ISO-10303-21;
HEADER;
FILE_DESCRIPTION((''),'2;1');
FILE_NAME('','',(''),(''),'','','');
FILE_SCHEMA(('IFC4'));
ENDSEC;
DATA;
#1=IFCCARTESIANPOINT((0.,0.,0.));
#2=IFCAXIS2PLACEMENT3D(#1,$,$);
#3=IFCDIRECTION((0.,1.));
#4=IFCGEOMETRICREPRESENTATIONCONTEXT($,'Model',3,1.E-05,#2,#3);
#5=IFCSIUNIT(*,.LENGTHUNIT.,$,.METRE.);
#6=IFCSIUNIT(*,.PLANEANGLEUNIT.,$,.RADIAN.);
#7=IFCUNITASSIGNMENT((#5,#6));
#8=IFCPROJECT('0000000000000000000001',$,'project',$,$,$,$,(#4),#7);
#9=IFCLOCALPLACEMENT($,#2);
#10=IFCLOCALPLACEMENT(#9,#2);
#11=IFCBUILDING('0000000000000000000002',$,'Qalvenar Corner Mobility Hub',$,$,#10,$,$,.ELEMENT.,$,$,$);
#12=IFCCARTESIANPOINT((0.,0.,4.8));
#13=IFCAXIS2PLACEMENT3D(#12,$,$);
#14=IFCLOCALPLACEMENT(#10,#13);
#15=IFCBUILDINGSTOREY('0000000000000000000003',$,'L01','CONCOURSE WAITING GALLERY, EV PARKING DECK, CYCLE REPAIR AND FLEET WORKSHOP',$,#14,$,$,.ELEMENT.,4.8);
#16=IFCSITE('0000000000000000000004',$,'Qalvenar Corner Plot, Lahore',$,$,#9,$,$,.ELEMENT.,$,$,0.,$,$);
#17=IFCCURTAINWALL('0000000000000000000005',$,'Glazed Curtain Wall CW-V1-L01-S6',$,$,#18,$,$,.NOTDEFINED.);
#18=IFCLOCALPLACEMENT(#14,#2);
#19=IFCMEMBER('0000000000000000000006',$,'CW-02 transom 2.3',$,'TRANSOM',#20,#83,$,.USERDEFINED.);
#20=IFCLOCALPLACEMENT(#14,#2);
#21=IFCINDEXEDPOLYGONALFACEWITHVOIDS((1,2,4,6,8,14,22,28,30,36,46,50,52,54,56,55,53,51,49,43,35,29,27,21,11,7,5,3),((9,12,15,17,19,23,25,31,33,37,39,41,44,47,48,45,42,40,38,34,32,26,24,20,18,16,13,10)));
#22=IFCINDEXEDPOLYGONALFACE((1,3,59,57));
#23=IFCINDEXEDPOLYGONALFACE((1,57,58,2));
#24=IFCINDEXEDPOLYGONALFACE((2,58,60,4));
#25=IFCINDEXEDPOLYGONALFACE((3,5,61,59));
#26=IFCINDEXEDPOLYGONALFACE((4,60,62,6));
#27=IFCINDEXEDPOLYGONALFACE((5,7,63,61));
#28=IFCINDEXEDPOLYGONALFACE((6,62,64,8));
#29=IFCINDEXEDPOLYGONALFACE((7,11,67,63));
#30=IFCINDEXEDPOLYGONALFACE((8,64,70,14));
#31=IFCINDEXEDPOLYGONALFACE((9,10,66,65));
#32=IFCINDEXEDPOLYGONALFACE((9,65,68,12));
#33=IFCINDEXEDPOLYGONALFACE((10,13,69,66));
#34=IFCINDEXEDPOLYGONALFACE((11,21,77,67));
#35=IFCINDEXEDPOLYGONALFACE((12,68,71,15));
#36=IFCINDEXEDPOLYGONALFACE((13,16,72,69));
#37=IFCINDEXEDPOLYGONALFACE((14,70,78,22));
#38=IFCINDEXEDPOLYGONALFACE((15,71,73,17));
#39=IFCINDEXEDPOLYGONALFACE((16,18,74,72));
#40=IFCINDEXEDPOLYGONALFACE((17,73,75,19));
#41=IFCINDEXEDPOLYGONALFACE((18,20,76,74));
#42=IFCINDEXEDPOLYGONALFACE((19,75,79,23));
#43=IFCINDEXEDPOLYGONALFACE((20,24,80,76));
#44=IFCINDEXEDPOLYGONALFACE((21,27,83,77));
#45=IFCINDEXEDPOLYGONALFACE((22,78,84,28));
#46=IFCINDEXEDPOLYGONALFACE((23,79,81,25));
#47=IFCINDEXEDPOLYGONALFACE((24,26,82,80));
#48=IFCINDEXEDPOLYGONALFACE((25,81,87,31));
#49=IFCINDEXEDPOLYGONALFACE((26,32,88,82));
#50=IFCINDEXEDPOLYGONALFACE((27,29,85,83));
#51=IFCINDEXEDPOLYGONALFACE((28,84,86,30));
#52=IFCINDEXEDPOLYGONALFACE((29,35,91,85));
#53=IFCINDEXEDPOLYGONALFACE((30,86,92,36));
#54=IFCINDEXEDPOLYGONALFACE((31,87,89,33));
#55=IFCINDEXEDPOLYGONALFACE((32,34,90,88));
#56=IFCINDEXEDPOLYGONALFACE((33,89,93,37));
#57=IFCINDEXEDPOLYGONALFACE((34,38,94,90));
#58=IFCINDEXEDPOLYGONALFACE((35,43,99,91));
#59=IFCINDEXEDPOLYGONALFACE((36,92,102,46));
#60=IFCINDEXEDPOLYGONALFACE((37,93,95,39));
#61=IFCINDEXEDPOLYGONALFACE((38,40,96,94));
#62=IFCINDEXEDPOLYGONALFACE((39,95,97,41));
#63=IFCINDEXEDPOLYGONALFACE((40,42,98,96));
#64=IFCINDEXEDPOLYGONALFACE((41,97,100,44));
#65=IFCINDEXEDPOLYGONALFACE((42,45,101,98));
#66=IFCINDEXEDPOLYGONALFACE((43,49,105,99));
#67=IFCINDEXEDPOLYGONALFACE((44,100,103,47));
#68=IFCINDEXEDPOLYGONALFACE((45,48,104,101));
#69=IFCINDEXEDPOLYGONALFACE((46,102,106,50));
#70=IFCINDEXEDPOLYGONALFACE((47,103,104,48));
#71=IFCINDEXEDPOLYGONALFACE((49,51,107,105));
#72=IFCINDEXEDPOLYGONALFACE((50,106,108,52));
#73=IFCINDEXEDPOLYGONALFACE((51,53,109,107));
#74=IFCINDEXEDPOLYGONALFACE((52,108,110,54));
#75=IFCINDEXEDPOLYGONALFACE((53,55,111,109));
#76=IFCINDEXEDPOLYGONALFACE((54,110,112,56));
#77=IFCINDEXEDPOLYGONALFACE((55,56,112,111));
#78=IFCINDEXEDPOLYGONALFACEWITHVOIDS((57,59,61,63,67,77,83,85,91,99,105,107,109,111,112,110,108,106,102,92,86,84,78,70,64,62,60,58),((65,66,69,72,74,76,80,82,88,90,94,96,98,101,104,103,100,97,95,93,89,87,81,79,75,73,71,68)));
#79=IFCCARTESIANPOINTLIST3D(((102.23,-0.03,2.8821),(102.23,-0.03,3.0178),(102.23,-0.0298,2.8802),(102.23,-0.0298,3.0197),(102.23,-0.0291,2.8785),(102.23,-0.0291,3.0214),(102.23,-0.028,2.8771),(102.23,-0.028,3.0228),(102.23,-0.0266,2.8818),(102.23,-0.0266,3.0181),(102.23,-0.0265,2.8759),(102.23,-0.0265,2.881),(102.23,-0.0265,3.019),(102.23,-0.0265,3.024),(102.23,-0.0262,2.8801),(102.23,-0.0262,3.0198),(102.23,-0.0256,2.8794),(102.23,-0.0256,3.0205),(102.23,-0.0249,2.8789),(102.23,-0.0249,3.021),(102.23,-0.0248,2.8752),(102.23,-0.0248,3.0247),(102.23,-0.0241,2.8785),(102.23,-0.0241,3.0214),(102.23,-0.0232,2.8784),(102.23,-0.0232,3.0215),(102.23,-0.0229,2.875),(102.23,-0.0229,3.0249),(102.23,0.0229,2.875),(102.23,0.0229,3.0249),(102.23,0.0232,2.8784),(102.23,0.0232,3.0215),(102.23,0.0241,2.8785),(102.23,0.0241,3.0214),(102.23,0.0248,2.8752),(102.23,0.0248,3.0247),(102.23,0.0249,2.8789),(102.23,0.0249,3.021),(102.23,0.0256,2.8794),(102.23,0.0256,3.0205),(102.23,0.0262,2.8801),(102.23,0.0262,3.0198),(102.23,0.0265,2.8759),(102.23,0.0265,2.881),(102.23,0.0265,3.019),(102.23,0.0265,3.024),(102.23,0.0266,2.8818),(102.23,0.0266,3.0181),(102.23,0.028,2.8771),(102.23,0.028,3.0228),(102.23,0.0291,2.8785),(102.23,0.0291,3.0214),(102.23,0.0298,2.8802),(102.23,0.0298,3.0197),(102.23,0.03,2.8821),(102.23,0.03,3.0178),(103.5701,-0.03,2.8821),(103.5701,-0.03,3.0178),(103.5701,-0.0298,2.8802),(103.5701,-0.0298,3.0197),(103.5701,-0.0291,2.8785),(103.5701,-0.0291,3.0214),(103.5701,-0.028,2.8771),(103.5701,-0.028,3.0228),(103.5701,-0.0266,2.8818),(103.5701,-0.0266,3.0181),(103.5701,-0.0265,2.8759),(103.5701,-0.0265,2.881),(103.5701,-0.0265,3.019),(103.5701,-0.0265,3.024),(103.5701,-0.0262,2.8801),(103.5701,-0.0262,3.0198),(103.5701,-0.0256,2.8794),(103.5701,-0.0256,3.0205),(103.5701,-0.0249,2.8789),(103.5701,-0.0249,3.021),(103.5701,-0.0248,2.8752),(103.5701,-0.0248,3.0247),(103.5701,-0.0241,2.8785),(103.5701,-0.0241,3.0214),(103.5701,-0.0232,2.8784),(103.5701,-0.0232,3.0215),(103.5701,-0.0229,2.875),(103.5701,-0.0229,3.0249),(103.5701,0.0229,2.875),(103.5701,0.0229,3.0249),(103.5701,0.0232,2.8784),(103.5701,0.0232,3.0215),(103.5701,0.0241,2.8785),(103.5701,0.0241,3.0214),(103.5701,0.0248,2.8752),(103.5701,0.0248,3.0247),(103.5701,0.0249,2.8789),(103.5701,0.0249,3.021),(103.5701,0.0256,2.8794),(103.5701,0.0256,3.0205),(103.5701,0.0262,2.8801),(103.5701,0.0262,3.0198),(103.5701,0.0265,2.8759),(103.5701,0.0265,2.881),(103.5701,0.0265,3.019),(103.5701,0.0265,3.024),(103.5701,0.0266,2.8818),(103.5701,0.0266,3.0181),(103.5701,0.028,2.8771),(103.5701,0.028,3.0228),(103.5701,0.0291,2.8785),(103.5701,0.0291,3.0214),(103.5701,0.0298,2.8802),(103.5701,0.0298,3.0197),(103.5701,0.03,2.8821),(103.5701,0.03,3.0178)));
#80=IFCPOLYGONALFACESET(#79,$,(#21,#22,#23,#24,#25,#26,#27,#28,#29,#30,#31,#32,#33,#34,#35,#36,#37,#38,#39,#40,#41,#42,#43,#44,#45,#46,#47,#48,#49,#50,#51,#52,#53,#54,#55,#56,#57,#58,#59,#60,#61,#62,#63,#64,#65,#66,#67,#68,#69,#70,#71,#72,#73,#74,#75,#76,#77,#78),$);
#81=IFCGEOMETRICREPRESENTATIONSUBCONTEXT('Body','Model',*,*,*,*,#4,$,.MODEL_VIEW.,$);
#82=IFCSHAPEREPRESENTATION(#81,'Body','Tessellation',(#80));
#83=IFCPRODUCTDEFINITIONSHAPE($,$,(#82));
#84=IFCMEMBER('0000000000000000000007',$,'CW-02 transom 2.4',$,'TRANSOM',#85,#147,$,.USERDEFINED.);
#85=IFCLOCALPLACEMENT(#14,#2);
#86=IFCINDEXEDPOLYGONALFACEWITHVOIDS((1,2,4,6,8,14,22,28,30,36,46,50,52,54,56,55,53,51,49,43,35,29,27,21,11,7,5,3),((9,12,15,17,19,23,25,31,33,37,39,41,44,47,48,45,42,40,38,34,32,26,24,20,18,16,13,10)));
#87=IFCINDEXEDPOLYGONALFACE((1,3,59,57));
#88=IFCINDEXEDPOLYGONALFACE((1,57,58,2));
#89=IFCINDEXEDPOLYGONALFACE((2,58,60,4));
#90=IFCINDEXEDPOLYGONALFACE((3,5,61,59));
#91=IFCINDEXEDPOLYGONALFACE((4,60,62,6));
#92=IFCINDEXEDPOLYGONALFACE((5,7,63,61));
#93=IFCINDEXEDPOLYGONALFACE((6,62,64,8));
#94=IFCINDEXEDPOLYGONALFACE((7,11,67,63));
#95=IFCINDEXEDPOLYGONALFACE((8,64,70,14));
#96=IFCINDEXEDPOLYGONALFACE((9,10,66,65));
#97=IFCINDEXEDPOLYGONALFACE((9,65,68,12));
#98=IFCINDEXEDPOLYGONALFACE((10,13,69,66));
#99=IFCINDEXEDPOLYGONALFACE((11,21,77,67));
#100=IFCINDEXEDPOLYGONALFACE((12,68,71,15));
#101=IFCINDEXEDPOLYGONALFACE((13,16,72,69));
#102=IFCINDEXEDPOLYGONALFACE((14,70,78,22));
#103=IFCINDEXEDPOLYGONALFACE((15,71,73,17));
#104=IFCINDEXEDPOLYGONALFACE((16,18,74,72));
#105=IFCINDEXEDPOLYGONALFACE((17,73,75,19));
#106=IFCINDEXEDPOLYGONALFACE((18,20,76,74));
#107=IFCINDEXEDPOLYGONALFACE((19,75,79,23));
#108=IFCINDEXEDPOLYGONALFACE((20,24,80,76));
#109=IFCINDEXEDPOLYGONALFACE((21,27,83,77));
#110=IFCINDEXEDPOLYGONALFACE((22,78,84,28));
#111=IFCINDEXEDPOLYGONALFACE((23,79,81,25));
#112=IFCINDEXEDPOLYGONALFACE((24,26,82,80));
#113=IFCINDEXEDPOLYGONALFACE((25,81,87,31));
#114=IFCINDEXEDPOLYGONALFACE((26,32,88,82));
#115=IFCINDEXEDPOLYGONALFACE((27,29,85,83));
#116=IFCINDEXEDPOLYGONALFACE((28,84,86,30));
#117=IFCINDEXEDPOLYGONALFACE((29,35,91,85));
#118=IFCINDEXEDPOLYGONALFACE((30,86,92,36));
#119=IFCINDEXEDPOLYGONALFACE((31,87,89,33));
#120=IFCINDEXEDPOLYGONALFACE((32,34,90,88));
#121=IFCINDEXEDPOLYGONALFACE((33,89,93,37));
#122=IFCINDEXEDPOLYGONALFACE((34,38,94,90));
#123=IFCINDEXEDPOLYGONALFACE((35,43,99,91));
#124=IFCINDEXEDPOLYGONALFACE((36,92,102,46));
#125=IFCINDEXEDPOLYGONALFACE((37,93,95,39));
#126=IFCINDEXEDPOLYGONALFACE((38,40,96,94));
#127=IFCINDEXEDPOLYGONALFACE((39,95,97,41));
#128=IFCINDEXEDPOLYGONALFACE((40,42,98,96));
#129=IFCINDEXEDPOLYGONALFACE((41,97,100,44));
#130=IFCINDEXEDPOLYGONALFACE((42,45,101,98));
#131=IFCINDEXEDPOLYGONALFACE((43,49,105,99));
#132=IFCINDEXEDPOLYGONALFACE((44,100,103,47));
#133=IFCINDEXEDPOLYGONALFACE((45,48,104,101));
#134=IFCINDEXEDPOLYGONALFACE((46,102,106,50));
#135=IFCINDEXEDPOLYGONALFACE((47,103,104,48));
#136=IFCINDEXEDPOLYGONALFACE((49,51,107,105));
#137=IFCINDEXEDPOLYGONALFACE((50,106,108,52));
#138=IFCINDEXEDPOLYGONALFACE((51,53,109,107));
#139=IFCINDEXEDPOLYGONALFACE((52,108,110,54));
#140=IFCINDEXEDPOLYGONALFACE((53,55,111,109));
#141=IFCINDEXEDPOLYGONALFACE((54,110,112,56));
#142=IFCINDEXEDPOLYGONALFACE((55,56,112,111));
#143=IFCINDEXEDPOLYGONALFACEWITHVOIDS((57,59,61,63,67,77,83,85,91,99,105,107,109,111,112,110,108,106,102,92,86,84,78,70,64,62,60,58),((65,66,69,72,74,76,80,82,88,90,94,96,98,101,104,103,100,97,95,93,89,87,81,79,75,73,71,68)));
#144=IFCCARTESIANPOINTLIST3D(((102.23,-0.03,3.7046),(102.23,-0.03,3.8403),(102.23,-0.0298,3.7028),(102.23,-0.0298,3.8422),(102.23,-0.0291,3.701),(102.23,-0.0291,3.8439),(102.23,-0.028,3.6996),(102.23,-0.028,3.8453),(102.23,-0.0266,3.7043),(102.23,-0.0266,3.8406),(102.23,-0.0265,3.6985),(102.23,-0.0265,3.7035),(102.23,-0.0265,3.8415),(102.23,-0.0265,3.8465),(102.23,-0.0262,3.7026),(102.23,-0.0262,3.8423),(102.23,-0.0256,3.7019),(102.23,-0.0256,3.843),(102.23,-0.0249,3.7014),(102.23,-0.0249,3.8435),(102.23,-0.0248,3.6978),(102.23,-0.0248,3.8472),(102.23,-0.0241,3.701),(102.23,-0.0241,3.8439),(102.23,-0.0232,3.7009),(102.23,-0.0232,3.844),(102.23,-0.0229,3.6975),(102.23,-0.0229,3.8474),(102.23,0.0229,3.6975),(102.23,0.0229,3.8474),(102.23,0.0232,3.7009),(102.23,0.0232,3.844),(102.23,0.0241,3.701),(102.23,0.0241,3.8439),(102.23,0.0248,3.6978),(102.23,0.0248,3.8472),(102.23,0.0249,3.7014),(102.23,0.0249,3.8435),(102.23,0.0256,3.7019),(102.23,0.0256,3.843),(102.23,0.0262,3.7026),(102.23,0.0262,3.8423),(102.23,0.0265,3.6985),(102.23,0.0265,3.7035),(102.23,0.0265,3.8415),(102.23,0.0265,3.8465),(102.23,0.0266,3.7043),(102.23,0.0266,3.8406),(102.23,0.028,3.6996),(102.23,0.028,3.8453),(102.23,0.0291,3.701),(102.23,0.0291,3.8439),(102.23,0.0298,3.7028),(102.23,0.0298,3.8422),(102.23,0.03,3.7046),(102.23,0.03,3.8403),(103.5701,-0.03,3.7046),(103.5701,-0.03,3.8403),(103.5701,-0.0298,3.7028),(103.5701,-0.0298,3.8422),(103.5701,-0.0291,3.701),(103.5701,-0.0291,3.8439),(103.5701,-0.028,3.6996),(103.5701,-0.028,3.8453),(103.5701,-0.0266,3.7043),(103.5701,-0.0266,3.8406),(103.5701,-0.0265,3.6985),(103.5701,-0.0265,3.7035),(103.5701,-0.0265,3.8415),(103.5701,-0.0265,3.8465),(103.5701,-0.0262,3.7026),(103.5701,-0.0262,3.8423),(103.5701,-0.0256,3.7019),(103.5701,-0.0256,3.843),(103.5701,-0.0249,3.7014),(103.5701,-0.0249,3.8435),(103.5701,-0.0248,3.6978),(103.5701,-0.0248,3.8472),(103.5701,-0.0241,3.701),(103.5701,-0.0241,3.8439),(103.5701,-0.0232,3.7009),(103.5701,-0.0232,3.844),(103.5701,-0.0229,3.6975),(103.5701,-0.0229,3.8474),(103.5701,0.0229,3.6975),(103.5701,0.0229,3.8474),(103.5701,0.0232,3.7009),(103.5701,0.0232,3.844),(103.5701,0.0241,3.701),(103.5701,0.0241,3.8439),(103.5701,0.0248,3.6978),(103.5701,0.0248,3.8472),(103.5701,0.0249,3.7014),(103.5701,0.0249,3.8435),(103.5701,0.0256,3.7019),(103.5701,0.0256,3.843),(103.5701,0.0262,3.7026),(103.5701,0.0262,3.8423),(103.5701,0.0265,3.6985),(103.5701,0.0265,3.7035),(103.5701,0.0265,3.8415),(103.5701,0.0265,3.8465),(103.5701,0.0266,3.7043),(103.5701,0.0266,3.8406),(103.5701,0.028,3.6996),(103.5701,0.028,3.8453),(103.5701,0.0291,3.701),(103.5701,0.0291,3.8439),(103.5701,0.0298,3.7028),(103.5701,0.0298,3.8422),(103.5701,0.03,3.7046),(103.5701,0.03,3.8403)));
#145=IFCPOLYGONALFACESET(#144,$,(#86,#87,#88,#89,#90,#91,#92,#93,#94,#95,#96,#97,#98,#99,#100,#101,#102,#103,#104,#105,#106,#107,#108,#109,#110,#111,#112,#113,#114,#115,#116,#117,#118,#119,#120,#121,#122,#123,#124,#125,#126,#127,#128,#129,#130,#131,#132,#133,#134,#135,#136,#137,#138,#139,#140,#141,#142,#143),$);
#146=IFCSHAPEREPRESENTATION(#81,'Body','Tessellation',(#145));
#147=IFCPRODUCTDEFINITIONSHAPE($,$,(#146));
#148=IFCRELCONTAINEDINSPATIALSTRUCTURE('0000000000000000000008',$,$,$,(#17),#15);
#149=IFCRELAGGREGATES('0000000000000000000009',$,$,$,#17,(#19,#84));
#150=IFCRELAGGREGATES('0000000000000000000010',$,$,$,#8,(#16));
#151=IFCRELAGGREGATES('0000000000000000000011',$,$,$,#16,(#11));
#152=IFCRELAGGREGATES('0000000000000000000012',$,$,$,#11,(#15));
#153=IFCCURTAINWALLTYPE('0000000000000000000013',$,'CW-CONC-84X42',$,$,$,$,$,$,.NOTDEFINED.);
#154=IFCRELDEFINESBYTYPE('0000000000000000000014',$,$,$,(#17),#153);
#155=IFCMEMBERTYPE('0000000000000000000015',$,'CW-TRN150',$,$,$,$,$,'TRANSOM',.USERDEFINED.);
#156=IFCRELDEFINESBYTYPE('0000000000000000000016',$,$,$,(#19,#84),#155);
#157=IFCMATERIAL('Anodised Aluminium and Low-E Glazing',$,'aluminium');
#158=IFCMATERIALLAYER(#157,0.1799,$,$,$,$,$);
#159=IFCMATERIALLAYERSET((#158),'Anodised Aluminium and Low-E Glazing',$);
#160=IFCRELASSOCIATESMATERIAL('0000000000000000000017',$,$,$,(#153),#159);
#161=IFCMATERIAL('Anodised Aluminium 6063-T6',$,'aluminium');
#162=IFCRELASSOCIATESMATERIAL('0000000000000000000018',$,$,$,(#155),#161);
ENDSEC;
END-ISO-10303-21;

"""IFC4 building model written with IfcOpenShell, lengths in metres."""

from ifc_helpers import new_model, si_unit, direction, frame, origin, origin_2d, place, context, subcontext, project, spatial, hollow_rectangle, extrude, material, layer, layer_set, material_profile, profile_set, type_object, element, aggregate, save


model = new_model("IFC4")

# Units and contexts
model_context = context("Model", 3, precision=1e-05, world=origin(), true_north=direction((0.0, 1.0)))
body_context = subcontext(model_context, "Body", "Model", "MODEL_VIEW")
ifc_project = project(units=[si_unit("LENGTHUNIT", "METRE"), si_unit("PLANEANGLEUNIT", "RADIAN")], contexts=[model_context])

# Site, building, storey
site_placement = place(None, origin())
site = spatial("IfcSite", under=ifc_project, at=site_placement, Name="Qalvenar Corner Plot, Lahore", CompositionType="ELEMENT", RefElevation=0.0)
building_placement = place(site_placement, origin())
building = spatial("IfcBuilding", under=site, at=building_placement, Name="Qalvenar Corner Mobility Hub", CompositionType="ELEMENT")
storey_placement = place(building_placement, frame((0.0, 0.0, 4.8)))
storey = spatial("IfcBuildingStorey", under=building, at=storey_placement, Name="L01", Description="CONCOURSE WAITING GALLERY, EV PARKING DECK, CYCLE REPAIR AND FLEET WORKSHOP", CompositionType="ELEMENT", Elevation=4.8)

# Curtain wall, members
ifc_material_1 = material(Name="Anodised Aluminium and Low-E Glazing", Category="aluminium")
ifc_layer_1 = layer(ifc_material_1, 0.1799)
ifc_layer_set_1 = layer_set([ifc_layer_1], Name="Anodised Aluminium and Low-E Glazing")
curtain_wall_type = type_object("IfcCurtainWallType", Name="CW-CONC-84X42", PredefinedType="NOTDEFINED", material=ifc_layer_set_1)
curtain_wall_placement = place(storey_placement, origin())
curtain_wall = element("IfcCurtainWall", 1, at=curtain_wall_placement, inside=storey, type_object=curtain_wall_type, Name="Glazed Curtain Wall CW-V1-L01-S6", PredefinedType="NOTDEFINED")
ifc_material_2 = material(Name="Anodised Aluminium 6063-T6", Category="aluminium")
ifc_material_profile_1 = material_profile(ifc_material_2, hollow_rectangle(XDim=0.0601, YDim=0.1499, WallThickness=0.0034, InnerFilletRadius=0.0034, OuterFilletRadius=0.0071, at=origin_2d()), Name="RHS150x60x3.5")
ifc_profile_set_1 = profile_set([ifc_material_profile_1], Name="Anodised Aluminium 6063-T6")
member_type_1 = type_object("IfcMemberType", Name="CW-TRN150", ElementType="TRANSOM", PredefinedType="USERDEFINED", material=ifc_profile_set_1)
member_1_placement = place(storey_placement, frame((102.23, 0.0, 2.95), z_axis=(1.0, 0.0, 0.0), x_axis=(0.0, 1.0, 0.0)))
member_1 = element("IfcMember", 2, at=member_1_placement, type_object=member_type_1, Name="CW-02 transom 2.3", ObjectType="TRANSOM", PredefinedType="USERDEFINED", context=body_context, shape_type="SweptSolid", body=[
    extrude(hollow_rectangle(XDim=0.0601, YDim=0.1499, WallThickness=0.0034, InnerFilletRadius=0.0034, OuterFilletRadius=0.0071, at=origin_2d()), origin(), (0.0, 0.0, 1.0), 1.3401),
])
member_2_placement = place(storey_placement, frame((102.23, 0.0, 3.7725), z_axis=(1.0, 0.0, 0.0), x_axis=(0.0, 1.0, 0.0)))
member_2 = element("IfcMember", 3, at=member_2_placement, type_object=member_type_1, Name="CW-02 transom 2.4", ObjectType="TRANSOM", PredefinedType="USERDEFINED", context=body_context, shape_type="SweptSolid", body=[
    extrude(hollow_rectangle(XDim=0.0601, YDim=0.1499, WallThickness=0.0034, InnerFilletRadius=0.0034, OuterFilletRadius=0.0071, at=origin_2d()), origin(), (0.0, 0.0, 1.0), 1.3401),
])
aggregate(curtain_wall, [member_1, member_2])

save(model, "model.ifc")
